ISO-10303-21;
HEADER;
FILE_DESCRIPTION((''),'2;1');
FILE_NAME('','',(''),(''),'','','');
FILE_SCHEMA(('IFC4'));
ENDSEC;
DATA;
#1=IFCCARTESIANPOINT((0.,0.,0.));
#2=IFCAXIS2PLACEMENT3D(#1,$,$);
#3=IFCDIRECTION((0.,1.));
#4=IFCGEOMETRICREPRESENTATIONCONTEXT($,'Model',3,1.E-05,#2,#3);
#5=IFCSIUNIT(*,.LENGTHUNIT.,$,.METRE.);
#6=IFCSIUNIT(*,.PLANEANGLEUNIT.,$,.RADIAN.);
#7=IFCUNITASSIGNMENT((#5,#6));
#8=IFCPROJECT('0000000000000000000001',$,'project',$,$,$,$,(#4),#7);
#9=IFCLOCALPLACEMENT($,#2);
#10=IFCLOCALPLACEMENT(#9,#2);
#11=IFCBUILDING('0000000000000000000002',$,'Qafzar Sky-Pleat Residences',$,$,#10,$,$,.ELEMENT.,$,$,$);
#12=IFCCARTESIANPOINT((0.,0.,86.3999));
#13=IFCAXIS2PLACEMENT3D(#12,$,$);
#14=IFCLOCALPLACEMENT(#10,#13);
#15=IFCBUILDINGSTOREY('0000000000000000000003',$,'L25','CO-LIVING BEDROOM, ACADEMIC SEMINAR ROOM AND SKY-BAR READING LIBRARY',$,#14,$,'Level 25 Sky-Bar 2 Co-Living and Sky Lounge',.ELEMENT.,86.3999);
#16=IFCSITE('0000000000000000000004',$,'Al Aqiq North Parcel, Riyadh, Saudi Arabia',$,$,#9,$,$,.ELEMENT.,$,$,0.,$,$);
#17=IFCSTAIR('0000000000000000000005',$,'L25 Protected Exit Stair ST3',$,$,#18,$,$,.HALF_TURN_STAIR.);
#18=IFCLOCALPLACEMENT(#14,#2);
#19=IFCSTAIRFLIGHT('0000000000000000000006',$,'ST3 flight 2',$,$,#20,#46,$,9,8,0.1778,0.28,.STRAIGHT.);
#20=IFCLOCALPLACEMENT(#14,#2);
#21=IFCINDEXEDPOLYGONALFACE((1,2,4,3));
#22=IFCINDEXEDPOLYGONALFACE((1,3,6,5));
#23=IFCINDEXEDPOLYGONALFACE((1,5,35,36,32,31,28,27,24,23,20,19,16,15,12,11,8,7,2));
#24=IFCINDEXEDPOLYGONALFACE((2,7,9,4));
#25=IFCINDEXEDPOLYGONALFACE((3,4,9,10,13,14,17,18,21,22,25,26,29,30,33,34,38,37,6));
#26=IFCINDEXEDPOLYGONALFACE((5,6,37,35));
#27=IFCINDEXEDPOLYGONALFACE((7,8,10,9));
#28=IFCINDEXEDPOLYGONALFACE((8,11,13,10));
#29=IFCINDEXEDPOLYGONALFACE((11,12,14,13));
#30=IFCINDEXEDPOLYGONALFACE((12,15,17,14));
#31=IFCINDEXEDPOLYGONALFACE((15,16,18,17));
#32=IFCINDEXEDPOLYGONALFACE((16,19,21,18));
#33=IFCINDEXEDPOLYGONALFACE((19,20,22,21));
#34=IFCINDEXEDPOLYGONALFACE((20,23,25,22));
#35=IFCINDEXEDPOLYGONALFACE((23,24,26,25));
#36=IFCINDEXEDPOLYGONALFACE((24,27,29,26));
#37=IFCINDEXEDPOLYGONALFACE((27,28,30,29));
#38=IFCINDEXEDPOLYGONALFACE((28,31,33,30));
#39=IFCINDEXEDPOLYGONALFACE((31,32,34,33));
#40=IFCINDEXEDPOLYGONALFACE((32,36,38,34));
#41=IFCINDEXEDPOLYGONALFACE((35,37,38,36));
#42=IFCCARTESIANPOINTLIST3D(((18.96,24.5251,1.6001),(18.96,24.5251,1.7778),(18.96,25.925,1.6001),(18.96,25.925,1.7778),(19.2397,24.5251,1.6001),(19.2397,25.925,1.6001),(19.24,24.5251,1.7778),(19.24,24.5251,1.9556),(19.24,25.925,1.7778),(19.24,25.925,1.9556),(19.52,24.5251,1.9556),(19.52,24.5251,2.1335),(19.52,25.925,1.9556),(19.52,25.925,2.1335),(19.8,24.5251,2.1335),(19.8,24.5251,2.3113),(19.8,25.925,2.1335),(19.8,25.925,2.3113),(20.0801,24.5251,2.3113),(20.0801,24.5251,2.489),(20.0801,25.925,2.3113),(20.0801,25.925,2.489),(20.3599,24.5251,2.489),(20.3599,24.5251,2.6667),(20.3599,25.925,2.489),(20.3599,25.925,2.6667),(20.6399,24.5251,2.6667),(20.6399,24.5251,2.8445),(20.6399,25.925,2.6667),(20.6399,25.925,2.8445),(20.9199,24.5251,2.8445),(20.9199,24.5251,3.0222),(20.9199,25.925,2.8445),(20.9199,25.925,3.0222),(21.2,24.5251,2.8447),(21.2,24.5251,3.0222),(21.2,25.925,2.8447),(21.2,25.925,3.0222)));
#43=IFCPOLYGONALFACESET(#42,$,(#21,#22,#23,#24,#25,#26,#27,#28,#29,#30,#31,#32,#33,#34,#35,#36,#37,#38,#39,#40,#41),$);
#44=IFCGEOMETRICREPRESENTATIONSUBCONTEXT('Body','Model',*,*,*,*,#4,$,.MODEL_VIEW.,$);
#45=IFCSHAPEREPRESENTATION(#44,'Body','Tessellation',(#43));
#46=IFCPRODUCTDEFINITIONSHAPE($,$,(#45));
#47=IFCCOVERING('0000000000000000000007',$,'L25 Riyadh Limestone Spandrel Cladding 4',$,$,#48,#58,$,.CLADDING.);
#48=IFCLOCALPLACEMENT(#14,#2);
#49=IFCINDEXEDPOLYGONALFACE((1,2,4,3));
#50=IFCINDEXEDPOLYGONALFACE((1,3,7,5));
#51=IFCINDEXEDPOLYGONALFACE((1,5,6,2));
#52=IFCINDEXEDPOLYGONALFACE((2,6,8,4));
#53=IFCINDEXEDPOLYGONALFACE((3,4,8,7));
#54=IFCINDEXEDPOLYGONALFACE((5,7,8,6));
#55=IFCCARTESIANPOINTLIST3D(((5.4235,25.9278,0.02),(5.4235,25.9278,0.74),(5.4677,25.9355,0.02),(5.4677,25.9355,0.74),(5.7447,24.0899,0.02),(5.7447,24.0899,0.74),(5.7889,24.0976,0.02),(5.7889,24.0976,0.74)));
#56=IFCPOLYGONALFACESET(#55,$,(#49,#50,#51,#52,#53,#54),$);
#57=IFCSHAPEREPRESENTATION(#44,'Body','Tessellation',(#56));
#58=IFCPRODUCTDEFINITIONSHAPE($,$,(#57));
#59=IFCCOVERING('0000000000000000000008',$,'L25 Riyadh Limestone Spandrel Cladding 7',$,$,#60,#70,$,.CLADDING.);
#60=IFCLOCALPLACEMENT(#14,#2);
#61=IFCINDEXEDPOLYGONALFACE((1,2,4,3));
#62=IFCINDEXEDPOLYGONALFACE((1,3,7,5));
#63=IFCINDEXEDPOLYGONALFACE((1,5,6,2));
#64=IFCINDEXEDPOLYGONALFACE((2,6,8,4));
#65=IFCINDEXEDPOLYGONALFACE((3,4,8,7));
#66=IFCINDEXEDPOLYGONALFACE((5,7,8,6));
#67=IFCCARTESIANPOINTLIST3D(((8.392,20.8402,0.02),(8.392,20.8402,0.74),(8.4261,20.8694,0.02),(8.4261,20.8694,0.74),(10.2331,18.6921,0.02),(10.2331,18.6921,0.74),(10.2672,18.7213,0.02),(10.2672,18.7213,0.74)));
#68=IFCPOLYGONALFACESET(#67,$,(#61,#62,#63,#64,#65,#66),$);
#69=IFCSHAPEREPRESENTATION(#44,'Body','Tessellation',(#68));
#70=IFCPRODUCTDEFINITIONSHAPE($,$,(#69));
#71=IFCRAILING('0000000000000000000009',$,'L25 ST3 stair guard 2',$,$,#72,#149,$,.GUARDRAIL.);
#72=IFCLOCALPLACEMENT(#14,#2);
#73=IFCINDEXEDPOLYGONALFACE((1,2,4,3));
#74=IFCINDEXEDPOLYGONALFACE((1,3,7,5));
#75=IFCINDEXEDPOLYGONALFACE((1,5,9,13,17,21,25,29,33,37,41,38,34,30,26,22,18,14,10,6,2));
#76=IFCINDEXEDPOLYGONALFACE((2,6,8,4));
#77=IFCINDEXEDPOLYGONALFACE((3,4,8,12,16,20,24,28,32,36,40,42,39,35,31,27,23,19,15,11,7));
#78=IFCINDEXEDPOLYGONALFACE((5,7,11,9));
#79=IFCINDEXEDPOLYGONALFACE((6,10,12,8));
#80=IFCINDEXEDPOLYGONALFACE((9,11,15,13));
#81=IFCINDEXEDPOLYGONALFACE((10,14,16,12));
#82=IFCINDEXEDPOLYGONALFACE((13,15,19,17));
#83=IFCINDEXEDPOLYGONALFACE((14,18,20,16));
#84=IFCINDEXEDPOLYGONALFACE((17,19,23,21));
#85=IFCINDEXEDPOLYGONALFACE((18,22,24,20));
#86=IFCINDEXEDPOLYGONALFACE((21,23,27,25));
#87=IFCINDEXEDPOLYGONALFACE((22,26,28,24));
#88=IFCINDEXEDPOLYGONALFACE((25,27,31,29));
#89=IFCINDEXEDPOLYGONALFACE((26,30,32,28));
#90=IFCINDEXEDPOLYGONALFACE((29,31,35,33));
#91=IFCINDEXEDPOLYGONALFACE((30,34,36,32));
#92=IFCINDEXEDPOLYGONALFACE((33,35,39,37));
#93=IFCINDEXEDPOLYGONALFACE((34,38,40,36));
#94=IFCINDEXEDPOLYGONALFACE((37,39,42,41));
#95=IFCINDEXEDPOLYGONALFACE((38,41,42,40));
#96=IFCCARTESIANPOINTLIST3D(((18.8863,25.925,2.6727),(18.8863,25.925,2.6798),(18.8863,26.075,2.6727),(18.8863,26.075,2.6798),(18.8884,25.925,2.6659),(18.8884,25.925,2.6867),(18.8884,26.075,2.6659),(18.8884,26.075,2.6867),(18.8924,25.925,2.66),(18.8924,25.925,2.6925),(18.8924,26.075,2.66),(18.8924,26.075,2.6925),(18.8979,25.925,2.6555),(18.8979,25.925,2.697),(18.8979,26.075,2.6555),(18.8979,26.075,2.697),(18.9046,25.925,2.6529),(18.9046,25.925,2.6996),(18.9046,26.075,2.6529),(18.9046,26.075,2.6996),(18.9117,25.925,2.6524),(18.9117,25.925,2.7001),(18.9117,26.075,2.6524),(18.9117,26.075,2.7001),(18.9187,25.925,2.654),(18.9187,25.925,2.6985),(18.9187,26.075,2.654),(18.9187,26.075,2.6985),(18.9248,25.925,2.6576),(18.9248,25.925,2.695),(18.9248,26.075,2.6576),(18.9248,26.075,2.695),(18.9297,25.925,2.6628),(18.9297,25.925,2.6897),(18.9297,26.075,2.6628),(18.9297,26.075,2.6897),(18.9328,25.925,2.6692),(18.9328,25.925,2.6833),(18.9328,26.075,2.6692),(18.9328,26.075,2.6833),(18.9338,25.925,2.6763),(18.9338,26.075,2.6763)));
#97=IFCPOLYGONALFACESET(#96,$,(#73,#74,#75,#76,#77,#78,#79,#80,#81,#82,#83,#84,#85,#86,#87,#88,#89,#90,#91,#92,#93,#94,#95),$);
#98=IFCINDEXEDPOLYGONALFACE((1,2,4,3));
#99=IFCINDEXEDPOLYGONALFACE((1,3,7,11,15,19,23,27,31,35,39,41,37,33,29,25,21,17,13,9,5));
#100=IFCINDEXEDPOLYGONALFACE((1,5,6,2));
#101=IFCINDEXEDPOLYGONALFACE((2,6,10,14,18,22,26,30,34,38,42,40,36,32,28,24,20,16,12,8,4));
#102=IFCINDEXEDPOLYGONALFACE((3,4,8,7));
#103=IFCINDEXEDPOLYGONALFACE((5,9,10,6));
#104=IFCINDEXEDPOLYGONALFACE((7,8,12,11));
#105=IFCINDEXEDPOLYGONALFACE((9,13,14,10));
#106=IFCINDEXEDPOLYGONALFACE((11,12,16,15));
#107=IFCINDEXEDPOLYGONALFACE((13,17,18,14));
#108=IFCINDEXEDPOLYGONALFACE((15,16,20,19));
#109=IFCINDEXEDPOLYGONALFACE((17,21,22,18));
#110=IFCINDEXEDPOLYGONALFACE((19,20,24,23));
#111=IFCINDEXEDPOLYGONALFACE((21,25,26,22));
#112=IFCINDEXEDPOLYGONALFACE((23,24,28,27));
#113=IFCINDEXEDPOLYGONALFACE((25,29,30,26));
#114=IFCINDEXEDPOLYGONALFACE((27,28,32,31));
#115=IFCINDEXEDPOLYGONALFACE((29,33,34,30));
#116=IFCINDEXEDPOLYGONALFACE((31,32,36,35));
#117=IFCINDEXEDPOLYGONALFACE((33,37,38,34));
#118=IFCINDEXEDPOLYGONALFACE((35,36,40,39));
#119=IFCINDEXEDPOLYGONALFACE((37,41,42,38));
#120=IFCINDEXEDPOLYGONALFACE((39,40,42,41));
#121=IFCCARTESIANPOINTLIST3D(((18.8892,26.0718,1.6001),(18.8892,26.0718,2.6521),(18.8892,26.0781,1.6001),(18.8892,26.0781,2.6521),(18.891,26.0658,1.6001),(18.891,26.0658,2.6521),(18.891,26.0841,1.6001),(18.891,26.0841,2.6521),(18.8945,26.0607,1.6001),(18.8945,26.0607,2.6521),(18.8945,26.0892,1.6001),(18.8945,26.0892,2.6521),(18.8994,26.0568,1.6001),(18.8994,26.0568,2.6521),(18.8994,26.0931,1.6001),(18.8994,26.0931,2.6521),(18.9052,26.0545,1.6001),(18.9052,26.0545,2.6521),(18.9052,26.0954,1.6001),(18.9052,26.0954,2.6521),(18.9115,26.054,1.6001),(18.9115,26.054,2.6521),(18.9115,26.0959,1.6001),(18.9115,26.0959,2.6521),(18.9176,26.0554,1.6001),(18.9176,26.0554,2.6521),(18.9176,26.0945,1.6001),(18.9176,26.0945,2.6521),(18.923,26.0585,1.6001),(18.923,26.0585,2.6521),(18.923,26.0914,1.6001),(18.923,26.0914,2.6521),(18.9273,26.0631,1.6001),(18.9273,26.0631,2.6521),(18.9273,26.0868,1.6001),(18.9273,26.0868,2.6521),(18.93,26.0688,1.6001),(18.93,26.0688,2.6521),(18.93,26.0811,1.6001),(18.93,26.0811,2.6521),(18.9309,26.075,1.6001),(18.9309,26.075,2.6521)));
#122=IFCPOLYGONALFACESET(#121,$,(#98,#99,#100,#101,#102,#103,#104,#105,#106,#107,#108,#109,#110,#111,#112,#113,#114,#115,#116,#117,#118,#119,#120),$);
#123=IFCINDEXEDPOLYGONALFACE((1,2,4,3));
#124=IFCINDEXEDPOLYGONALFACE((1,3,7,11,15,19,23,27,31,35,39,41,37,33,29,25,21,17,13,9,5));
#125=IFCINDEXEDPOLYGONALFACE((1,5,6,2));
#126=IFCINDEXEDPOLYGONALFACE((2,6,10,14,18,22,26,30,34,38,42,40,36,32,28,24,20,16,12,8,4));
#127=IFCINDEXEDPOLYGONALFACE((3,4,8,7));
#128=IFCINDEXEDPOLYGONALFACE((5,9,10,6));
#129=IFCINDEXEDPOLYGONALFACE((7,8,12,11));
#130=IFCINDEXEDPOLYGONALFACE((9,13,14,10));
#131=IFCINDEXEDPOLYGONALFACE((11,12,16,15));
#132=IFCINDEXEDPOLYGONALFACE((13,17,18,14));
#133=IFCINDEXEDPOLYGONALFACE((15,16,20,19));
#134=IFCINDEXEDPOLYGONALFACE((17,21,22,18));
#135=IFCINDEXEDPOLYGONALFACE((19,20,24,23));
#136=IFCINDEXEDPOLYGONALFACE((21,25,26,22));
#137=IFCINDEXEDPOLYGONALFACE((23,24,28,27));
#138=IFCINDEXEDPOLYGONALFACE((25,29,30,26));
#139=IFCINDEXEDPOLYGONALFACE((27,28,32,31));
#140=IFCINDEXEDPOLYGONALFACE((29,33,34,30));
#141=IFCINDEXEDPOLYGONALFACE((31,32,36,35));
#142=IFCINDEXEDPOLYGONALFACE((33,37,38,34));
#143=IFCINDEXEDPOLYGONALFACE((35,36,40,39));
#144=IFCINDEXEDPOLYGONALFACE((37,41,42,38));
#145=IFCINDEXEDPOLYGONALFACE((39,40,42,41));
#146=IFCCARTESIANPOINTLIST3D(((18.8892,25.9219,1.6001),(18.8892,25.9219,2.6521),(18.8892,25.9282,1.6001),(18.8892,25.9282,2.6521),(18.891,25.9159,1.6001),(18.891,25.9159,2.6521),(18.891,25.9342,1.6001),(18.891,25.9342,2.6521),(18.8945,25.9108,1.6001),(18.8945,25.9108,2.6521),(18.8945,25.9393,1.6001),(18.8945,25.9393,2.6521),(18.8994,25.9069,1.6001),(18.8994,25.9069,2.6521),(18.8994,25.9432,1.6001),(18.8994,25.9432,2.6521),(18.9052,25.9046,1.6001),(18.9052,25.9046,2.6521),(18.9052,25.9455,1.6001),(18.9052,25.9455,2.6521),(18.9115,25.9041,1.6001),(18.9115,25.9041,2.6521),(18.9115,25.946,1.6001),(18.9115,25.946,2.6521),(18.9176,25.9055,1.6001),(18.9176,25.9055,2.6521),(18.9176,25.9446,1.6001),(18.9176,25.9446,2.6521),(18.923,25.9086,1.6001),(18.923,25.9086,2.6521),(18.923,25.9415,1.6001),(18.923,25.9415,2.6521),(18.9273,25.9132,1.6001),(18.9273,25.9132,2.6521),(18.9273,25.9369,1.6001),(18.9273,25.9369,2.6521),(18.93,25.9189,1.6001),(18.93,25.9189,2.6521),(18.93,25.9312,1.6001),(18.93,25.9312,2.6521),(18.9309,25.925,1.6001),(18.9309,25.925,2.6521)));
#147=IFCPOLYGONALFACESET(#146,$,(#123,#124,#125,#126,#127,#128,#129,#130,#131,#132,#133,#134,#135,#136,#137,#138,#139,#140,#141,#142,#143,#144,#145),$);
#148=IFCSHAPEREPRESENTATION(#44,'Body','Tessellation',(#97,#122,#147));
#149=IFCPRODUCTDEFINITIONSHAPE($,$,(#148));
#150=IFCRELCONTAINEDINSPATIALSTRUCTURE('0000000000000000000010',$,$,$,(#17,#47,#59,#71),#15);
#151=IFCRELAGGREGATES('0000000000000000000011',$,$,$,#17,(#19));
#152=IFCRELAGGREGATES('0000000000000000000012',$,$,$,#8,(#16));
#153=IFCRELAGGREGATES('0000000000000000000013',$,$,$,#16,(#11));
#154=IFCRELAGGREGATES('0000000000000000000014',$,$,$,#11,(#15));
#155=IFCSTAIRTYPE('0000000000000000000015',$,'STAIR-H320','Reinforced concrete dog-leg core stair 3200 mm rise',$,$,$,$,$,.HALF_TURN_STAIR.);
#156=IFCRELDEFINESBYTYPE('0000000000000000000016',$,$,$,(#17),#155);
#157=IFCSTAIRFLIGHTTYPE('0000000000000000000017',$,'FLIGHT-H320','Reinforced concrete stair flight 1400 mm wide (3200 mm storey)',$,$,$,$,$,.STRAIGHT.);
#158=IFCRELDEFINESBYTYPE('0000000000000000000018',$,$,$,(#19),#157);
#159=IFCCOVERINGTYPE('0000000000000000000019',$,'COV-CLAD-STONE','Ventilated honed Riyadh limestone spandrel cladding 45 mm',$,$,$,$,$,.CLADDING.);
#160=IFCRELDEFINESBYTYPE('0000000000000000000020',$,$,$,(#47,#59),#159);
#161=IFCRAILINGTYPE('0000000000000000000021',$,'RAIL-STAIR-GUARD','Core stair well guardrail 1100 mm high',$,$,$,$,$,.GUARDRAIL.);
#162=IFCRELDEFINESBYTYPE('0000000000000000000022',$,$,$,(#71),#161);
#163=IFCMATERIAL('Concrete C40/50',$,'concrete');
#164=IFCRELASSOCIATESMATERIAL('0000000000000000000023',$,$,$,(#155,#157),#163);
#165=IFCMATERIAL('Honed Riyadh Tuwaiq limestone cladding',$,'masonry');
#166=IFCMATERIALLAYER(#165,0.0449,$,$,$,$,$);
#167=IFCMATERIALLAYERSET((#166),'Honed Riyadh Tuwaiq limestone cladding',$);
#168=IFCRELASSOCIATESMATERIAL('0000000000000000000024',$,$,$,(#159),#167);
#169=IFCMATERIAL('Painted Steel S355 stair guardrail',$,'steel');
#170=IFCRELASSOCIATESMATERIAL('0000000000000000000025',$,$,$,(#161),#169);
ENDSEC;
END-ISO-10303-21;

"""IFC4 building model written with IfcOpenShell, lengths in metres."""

from ifc_helpers import new_model, si_unit, direction, frame, origin, origin_2d, place, context, subcontext, project, spatial, polyline, rectangle, circle, outline, extrude, source, transform, mapped, material, layer, layer_set, type_object, element, aggregate, save


model = new_model("IFC4")

# Units and contexts
model_context = context("Model", 3, precision=1e-05, world=origin(), true_north=direction((0.0, 1.0)))
body_context = subcontext(model_context, "Body", "Model", "MODEL_VIEW")
ifc_project = project(units=[si_unit("LENGTHUNIT", "METRE"), si_unit("PLANEANGLEUNIT", "RADIAN")], contexts=[model_context])

# Site, building, storey
site_placement = place(None, origin())
site = spatial("IfcSite", under=ifc_project, at=site_placement, Name="Al Aqiq North Parcel, Riyadh, Saudi Arabia", CompositionType="ELEMENT", RefElevation=0.0)
building_placement = place(site_placement, origin())
building = spatial("IfcBuilding", under=site, at=building_placement, Name="Qafzar Sky-Pleat Residences", CompositionType="ELEMENT")
storey_placement = place(building_placement, frame((0.0, 0.0, 86.3999)))
storey = spatial("IfcBuildingStorey", under=building, at=storey_placement, Name="L25", Description="CO-LIVING BEDROOM, ACADEMIC SEMINAR ROOM AND SKY-BAR READING LIBRARY", LongName="Level 25 Sky-Bar 2 Co-Living and Sky Lounge", CompositionType="ELEMENT", Elevation=86.3999)

# Stair, stair flight
ifc_material_1 = material(Name="Concrete C40/50", Category="concrete")
stair_type = type_object("IfcStairType", Name="STAIR-H320", Description="Reinforced concrete dog-leg core stair 3200 mm rise", PredefinedType="HALF_TURN_STAIR", material=ifc_material_1)
stair_placement = place(storey_placement, origin())
stair = element("IfcStair", 1, at=stair_placement, inside=storey, type_object=stair_type, Name="L25 Protected Exit Stair ST3", PredefinedType="HALF_TURN_STAIR")
stair_flight_type = type_object("IfcStairFlightType", Name="FLIGHT-H320", Description="Reinforced concrete stair flight 1400 mm wide (3200 mm storey)", PredefinedType="STRAIGHT", material=ifc_material_1)
shared_shape_1 = source(origin(), body_context, "Body", "SweptSolid", [
    extrude(outline(polyline([(0.0, 0.0), (0.0, 0.1777), (0.28, 0.1777), (0.28, 0.3555), (0.5601, 0.3555), (0.5601, 0.5334), (0.8401, 0.5334), (0.8401, 0.7112), (1.1201, 0.7112), (1.1201, 0.8889), (1.3999, 0.8889), (1.3999, 1.0667), (1.6799, 1.0667), (1.6799, 1.2444), (1.96, 1.2444), (1.96, 1.4221), (2.24, 1.4221), (2.24, 1.6001), (2.24, 1.2446), (0.2798, 0.0), (0.0, 0.0)])), frame((0.0, 0.7, 0.0), z_axis=(0.0, -1.0, 0.0), x_axis=(1.0, 0.0, 0.0)), (0.0, 0.0, 1.0), 1.3999),
])
stair_flight_placement = place(storey_placement, frame((18.96, 25.2251, 1.6001), z_axis=(0.0, 0.0, 1.0), x_axis=(1.0, 0.0, 0.0)))
stair_flight = element("IfcStairFlight", 2, at=stair_flight_placement, type_object=stair_flight_type, Name="ST3 flight 2", NumberOfRisers=9, NumberOfTreads=8, PredefinedType="STRAIGHT", RiserHeight=0.1778, TreadLength=0.28, context=body_context, shape_type="MappedRepresentation", body=[
    mapped(shared_shape_1, transform((0.0, 0.0, 0.0), x_axis=(1.0, 0.0, 0.0), y_axis=(0.0, 1.0, 0.0), z_axis=(0.0, 0.0, 1.0), scale=1.0)),
])
aggregate(stair, [stair_flight])

# Covering
ifc_material_2 = material(Name="Honed Riyadh Tuwaiq limestone cladding", Category="masonry")
ifc_layer_1 = layer(ifc_material_2, 0.0449)
ifc_layer_set_1 = layer_set([ifc_layer_1], Name="Honed Riyadh Tuwaiq limestone cladding")
covering_type = type_object("IfcCoveringType", Name="COV-CLAD-STONE", Description="Ventilated honed Riyadh limestone spandrel cladding 45 mm", PredefinedType="CLADDING", material=ifc_layer_set_1)
shared_shape_2 = source(origin(), body_context, "Body", "SweptSolid", [
    extrude(rectangle(XDim=1.8657, YDim=0.0449, at=origin_2d()), origin(), (0.0, 0.0, 1.0), 0.72),
])
covering_1_placement = place(storey_placement, frame((5.6062, 25.0127, 0.02), z_axis=(0.0, 0.0, 1.0), x_axis=(0.172162, -0.985069, 0.0)))
element("IfcCovering", 3, at=covering_1_placement, inside=storey, type_object=covering_type, Name="L25 Riyadh Limestone Spandrel Cladding 4", PredefinedType="CLADDING", context=body_context, shape_type="MappedRepresentation", body=[
    mapped(shared_shape_2, transform((0.0, 0.0, 0.0), x_axis=(1.0, 0.0, 0.0), y_axis=(0.0, 1.0, 0.0), z_axis=(0.0, 0.0, 1.0), scale=1.0)),
])

# Covering
shared_shape_3 = source(origin(), body_context, "Body", "SweptSolid", [
    extrude(rectangle(XDim=2.8291, YDim=0.0449, at=origin_2d()), origin(), (0.0, 0.0, 1.0), 0.72),
])
covering_2_placement = place(storey_placement, frame((9.3296, 19.7808, 0.02), z_axis=(0.0, 0.0, 1.0), x_axis=(0.650752, -0.75929, 0.0)))
element("IfcCovering", 4, at=covering_2_placement, inside=storey, type_object=covering_type, Name="L25 Riyadh Limestone Spandrel Cladding 7", PredefinedType="CLADDING", context=body_context, shape_type="MappedRepresentation", body=[
    mapped(shared_shape_3, transform((0.0, 0.0, 0.0), x_axis=(1.0, 0.0, 0.0), y_axis=(0.0, 1.0, 0.0), z_axis=(0.0, 0.0, 1.0), scale=1.0)),
])

# Railing
ifc_material_3 = material(Name="Painted Steel S355 stair guardrail", Category="steel")
railing_type_1 = type_object("IfcRailingType", Name="RAIL-STAIR-GUARD", Description="Core stair well guardrail 1100 mm high", PredefinedType="GUARDRAIL", material=ifc_material_3)
shared_shape_4 = source(origin(), body_context, "Body", "SweptSolid", [
    extrude(circle(Radius=0.0239, at=origin_2d()), frame((0.0, 0.0, 1.0762), z_axis=(0.0, -1.0, 0.0), x_axis=(1.0, 0.0, 0.0)), (0.0, 0.0, 1.0), 0.1499),
    extrude(circle(Radius=0.021, at=origin_2d()), origin(), (0.0, 0.0, 1.0), 1.052),
    extrude(circle(Radius=0.021, at=origin_2d()), frame((0.0, -0.1499, 0.0)), (0.0, 0.0, 1.0), 1.052),
])
railing_1_placement = place(storey_placement, frame((18.9099, 26.075, 1.6001)))
element("IfcRailing", 5, at=railing_1_placement, inside=storey, type_object=railing_type_1, Name="L25 ST3 stair guard 2", PredefinedType="GUARDRAIL", context=body_context, shape_type="MappedRepresentation", body=[
    mapped(shared_shape_4, transform((0.0, 0.0, 0.0), x_axis=(1.0, 0.0, 0.0), y_axis=(0.0, 1.0, 0.0), z_axis=(0.0, 0.0, 1.0), scale=1.0)),
])

save(model, "model.ifc")
